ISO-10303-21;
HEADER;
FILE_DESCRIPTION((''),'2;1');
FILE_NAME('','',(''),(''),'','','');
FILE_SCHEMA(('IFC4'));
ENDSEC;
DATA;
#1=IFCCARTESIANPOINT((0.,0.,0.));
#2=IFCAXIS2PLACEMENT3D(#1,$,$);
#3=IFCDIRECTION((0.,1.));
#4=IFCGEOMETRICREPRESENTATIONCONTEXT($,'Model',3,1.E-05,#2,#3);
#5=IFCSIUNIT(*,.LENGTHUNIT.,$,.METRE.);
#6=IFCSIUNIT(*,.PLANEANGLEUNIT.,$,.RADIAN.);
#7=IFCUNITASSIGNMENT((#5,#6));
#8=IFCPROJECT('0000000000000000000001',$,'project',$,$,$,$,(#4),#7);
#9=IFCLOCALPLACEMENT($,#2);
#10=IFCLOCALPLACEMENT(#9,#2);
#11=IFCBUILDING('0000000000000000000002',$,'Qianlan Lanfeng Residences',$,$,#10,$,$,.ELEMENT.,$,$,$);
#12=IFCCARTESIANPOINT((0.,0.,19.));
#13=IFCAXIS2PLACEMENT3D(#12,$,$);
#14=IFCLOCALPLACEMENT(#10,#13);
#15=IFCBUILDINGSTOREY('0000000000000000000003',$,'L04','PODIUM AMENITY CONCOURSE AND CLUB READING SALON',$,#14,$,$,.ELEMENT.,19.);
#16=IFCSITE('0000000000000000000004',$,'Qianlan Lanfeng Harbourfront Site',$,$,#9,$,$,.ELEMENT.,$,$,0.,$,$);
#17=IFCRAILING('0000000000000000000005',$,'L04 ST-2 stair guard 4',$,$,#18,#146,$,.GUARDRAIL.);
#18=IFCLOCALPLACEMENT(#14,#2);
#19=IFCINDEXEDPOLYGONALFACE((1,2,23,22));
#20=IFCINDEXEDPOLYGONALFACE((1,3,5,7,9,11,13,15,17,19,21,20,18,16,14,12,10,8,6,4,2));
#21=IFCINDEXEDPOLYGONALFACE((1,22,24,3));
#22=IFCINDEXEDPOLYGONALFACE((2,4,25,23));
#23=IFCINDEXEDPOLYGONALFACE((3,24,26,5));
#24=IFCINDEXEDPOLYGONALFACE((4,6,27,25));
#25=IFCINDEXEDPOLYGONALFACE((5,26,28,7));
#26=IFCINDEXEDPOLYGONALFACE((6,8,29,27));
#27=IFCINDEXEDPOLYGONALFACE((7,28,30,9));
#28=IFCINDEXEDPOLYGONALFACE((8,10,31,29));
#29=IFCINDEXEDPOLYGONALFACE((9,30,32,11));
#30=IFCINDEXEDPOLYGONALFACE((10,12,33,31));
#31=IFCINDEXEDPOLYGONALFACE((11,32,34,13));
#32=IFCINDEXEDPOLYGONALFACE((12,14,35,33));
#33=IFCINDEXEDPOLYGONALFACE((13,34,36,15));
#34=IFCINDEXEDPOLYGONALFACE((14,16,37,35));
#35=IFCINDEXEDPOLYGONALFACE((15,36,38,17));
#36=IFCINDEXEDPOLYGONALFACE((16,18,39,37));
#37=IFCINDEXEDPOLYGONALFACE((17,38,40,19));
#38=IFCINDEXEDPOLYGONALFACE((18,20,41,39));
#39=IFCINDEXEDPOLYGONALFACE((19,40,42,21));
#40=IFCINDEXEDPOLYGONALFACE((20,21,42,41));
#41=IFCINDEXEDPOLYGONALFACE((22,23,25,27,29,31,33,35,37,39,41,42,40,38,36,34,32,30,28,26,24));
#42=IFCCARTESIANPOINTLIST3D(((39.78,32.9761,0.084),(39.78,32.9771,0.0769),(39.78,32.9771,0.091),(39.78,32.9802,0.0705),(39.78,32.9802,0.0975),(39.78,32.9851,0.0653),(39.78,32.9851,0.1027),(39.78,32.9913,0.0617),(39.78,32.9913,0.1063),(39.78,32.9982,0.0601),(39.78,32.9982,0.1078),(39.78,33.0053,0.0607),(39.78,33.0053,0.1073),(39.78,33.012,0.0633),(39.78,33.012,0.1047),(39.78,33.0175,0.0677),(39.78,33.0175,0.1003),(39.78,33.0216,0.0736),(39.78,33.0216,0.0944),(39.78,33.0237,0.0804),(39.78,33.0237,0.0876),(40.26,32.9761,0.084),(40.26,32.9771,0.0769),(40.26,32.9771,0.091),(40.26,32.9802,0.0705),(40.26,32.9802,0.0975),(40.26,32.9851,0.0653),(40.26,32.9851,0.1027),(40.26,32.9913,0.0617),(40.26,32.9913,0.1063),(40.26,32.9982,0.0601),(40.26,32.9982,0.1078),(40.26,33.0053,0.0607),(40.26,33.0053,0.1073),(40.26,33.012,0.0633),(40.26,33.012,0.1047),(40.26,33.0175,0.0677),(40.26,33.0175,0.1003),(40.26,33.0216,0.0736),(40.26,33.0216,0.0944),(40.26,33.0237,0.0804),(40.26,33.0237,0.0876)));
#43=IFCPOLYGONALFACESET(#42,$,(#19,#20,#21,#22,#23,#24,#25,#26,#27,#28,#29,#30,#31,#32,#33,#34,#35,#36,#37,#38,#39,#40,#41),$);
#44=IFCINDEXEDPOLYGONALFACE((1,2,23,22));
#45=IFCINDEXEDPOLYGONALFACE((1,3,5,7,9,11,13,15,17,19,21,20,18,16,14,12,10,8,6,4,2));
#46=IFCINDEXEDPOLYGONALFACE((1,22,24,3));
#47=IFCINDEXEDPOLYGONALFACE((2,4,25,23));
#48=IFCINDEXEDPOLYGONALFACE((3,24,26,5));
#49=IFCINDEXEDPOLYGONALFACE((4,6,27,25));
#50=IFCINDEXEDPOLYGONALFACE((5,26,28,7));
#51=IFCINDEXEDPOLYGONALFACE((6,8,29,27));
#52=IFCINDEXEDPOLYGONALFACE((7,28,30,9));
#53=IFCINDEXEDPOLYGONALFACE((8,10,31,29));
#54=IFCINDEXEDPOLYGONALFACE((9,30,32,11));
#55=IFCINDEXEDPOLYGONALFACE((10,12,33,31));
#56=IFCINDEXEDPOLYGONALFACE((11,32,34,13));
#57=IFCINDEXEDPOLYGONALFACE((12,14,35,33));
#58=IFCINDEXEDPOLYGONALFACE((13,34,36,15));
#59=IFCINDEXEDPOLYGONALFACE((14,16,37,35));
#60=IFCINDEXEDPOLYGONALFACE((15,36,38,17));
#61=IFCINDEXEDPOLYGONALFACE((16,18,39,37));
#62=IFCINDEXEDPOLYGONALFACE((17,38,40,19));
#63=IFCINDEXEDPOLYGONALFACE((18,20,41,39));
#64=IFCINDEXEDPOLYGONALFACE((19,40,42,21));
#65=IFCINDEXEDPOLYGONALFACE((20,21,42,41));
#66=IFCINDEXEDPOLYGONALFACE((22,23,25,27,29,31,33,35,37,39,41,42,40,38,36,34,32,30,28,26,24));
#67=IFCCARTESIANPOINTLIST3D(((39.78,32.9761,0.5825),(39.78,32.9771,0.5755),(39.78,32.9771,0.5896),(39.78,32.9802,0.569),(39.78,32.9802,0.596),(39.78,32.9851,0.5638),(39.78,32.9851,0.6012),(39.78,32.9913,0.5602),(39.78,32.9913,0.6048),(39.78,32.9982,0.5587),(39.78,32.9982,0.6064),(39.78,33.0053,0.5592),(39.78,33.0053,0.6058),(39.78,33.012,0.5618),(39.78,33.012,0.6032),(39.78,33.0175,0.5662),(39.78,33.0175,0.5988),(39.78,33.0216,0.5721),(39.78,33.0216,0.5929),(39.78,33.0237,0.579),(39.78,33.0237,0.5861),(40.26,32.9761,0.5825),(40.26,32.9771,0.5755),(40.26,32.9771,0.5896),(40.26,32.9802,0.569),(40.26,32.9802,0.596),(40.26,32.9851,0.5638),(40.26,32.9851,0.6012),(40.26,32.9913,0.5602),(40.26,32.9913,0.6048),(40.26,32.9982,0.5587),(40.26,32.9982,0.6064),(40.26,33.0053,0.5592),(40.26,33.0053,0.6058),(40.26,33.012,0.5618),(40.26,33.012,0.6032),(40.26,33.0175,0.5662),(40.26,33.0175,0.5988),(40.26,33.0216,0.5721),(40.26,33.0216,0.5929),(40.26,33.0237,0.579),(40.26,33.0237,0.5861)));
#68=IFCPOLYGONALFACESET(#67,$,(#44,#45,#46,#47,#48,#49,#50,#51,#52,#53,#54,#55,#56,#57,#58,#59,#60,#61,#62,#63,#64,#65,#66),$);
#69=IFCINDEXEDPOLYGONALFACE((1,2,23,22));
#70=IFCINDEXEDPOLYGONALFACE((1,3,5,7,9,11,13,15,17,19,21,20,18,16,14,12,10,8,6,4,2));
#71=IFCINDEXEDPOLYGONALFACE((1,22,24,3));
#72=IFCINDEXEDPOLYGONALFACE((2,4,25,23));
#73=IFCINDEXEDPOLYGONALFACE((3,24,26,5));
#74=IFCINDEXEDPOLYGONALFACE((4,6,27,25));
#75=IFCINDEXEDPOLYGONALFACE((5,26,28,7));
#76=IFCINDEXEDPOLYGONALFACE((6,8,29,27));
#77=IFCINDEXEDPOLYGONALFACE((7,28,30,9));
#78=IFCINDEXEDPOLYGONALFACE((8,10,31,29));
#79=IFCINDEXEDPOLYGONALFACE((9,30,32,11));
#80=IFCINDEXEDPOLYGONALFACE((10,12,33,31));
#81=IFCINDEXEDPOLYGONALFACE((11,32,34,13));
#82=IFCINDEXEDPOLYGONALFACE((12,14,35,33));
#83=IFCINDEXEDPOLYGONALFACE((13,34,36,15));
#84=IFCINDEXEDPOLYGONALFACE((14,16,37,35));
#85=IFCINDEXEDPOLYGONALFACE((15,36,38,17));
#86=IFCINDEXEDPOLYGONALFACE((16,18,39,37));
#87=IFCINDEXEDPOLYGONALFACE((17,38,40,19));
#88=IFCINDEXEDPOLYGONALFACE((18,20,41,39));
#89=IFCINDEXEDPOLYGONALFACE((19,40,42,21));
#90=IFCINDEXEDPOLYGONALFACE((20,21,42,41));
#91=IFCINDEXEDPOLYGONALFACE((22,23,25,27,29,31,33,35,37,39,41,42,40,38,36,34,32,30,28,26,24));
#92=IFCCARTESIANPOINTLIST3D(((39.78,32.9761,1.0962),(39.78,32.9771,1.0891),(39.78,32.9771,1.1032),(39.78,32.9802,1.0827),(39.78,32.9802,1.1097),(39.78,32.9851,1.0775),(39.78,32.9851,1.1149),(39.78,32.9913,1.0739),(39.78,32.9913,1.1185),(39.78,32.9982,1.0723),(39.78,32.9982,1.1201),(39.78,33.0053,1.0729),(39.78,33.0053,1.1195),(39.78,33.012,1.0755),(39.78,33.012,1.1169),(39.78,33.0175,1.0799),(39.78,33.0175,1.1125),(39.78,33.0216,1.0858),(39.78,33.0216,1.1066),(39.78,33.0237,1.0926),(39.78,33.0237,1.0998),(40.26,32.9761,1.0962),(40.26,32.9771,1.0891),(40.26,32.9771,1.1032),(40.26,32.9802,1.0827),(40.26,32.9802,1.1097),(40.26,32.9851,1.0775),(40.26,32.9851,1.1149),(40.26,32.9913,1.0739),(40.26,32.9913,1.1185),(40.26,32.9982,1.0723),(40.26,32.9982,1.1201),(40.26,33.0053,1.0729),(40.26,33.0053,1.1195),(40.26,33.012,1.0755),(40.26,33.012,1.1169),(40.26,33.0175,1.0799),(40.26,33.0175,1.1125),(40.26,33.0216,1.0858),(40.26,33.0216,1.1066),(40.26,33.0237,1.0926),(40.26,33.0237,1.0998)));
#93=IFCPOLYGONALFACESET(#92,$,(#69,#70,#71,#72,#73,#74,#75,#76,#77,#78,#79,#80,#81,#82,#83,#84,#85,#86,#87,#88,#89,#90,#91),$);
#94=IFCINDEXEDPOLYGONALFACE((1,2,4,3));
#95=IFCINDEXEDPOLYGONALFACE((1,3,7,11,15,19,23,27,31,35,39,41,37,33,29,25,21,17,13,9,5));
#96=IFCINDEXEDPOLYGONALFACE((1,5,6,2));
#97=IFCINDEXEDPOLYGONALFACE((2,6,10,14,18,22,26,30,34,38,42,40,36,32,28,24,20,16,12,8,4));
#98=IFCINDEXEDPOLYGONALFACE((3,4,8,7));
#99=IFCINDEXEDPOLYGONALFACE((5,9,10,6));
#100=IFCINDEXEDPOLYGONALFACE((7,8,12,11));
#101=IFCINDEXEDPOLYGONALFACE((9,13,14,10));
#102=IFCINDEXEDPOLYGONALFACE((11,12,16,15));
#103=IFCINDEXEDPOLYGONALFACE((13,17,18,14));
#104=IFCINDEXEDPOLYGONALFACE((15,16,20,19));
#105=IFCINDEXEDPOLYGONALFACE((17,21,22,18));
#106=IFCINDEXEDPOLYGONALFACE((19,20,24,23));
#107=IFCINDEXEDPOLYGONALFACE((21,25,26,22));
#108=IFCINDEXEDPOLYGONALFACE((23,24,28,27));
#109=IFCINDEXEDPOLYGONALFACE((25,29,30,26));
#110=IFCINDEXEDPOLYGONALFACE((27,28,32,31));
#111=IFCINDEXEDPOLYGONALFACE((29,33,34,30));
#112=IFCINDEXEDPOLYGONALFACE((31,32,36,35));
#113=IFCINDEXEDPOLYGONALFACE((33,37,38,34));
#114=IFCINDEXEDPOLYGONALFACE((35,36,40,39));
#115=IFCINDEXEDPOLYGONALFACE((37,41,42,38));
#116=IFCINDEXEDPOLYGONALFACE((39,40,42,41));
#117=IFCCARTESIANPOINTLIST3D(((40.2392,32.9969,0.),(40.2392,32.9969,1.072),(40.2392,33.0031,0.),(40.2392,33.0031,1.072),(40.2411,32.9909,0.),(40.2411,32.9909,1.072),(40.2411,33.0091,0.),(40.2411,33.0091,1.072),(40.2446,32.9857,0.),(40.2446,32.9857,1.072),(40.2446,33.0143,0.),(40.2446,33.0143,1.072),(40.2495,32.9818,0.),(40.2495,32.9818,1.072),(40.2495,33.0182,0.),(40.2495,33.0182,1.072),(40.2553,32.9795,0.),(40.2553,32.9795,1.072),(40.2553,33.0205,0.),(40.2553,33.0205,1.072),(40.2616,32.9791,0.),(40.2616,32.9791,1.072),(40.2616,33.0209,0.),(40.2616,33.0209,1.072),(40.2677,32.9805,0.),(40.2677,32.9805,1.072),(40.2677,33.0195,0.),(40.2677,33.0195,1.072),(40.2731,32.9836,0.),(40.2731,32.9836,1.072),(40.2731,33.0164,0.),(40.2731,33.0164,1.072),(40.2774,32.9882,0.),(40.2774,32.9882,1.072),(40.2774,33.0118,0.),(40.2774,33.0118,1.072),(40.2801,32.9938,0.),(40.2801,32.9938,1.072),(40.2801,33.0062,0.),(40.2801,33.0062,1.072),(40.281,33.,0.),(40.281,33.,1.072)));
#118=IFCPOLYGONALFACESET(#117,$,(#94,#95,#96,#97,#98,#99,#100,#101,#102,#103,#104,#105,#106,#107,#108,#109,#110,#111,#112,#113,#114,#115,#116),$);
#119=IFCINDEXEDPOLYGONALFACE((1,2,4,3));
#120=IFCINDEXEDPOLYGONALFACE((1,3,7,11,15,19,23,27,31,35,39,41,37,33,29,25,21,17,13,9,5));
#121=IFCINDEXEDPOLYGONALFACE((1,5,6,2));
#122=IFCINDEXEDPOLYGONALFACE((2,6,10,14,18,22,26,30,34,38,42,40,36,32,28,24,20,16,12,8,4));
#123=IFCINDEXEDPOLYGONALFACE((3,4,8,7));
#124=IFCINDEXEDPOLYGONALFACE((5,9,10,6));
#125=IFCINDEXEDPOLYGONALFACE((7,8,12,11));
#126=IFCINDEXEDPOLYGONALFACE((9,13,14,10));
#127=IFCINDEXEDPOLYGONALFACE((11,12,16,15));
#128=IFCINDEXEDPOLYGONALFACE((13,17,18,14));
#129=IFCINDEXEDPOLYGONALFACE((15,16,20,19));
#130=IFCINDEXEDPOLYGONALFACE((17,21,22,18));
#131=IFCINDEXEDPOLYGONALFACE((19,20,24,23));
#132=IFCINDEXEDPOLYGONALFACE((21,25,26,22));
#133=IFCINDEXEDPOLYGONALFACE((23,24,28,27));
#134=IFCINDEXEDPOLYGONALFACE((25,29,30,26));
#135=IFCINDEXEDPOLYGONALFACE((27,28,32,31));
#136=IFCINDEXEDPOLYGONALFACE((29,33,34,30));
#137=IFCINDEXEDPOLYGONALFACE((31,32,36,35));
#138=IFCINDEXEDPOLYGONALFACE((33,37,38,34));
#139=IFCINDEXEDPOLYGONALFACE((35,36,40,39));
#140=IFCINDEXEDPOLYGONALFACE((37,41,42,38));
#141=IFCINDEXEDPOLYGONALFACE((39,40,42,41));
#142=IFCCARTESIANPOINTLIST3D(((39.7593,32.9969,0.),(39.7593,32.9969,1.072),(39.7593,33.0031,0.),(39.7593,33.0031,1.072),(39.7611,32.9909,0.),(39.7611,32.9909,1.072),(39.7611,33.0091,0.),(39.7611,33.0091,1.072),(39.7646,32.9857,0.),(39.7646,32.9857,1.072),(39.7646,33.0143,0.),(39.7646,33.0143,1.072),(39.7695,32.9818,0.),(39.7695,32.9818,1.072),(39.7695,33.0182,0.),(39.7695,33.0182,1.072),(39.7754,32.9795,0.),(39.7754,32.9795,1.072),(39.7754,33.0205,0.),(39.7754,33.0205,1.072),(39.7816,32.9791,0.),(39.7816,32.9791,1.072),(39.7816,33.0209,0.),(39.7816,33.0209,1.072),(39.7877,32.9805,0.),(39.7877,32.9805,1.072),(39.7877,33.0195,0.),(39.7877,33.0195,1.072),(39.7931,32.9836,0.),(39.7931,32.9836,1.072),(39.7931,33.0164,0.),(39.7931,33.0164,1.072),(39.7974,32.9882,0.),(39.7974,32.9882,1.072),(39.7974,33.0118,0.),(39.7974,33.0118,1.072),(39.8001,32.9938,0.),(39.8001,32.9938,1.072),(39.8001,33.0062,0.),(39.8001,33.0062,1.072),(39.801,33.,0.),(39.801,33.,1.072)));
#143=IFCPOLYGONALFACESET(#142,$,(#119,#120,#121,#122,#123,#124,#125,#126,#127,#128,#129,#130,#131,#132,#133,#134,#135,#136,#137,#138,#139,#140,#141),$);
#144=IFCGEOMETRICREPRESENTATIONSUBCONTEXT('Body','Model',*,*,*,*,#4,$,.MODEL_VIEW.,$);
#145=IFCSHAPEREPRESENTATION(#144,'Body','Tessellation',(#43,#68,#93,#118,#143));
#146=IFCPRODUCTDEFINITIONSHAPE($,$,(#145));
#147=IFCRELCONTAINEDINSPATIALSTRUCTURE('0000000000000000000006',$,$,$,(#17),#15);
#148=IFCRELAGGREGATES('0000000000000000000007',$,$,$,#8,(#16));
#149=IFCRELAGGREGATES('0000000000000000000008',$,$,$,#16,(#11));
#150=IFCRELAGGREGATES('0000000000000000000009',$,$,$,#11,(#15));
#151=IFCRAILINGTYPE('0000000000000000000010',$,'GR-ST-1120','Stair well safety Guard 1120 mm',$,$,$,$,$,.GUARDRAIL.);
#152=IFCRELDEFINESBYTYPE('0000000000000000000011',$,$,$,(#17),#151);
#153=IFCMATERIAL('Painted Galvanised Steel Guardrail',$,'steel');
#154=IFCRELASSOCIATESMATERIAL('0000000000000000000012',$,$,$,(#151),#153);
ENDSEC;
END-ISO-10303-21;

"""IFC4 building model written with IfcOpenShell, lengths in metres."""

from ifc_helpers import new_model, si_unit, direction, frame, origin, origin_2d, place, context, subcontext, project, spatial, circle, extrude, material, type_object, element, save


model = new_model("IFC4")

# Units and contexts
model_context = context("Model", 3, precision=1e-05, world=origin(), true_north=direction((0.0, 1.0)))
body_context = subcontext(model_context, "Body", "Model", "MODEL_VIEW")
ifc_project = project(units=[si_unit("LENGTHUNIT", "METRE"), si_unit("PLANEANGLEUNIT", "RADIAN")], contexts=[model_context])

# Site, building, storey
site_placement = place(None, origin())
site = spatial("IfcSite", under=ifc_project, at=site_placement, Name="Qianlan Lanfeng Harbourfront Site", CompositionType="ELEMENT", RefElevation=0.0)
building_placement = place(site_placement, origin())
building = spatial("IfcBuilding", under=site, at=building_placement, Name="Qianlan Lanfeng Residences", CompositionType="ELEMENT")
storey_placement = place(building_placement, frame((0.0, 0.0, 19.0)))
storey = spatial("IfcBuildingStorey", under=building, at=storey_placement, Name="L04", Description="PODIUM AMENITY CONCOURSE AND CLUB READING SALON", CompositionType="ELEMENT", Elevation=19.0)

# Railing
ifc_material_1 = material(Name="Painted Galvanised Steel Guardrail", Category="steel")
railing_type_1 = type_object("IfcRailingType", Name="GR-ST-1120", Description="Stair well safety Guard 1120 mm", PredefinedType="GUARDRAIL", material=ifc_material_1)
railing_1_placement = place(storey_placement, frame((40.26, 33.0, 0.0)))
element("IfcRailing", 1, at=railing_1_placement, inside=storey, type_object=railing_type_1, Name="L04 ST-2 stair guard 4", PredefinedType="GUARDRAIL", context=body_context, shape_type="SweptSolid", body=[
    extrude(circle(Radius=0.0239, at=origin_2d()), frame((0.0, 0.0, 0.084), z_axis=(-1.0, 0.0, 0.0), x_axis=(0.0, -1.0, 0.0)), (0.0, 0.0, 1.0), 0.48),
    extrude(circle(Radius=0.0239, at=origin_2d()), frame((0.0, 0.0, 0.5825), z_axis=(-1.0, 0.0, 0.0), x_axis=(0.0, -1.0, 0.0)), (0.0, 0.0, 1.0), 0.48),
    extrude(circle(Radius=0.0239, at=origin_2d()), frame((0.0, 0.0, 1.0962), z_axis=(-1.0, 0.0, 0.0), x_axis=(0.0, -1.0, 0.0)), (0.0, 0.0, 1.0), 0.48),
    extrude(circle(Radius=0.021, at=origin_2d()), origin(), (0.0, 0.0, 1.0), 1.072),
    extrude(circle(Radius=0.021, at=origin_2d()), frame((-0.48, 0.0, 0.0)), (0.0, 0.0, 1.0), 1.072),
])

save(model, "model.ifc")
